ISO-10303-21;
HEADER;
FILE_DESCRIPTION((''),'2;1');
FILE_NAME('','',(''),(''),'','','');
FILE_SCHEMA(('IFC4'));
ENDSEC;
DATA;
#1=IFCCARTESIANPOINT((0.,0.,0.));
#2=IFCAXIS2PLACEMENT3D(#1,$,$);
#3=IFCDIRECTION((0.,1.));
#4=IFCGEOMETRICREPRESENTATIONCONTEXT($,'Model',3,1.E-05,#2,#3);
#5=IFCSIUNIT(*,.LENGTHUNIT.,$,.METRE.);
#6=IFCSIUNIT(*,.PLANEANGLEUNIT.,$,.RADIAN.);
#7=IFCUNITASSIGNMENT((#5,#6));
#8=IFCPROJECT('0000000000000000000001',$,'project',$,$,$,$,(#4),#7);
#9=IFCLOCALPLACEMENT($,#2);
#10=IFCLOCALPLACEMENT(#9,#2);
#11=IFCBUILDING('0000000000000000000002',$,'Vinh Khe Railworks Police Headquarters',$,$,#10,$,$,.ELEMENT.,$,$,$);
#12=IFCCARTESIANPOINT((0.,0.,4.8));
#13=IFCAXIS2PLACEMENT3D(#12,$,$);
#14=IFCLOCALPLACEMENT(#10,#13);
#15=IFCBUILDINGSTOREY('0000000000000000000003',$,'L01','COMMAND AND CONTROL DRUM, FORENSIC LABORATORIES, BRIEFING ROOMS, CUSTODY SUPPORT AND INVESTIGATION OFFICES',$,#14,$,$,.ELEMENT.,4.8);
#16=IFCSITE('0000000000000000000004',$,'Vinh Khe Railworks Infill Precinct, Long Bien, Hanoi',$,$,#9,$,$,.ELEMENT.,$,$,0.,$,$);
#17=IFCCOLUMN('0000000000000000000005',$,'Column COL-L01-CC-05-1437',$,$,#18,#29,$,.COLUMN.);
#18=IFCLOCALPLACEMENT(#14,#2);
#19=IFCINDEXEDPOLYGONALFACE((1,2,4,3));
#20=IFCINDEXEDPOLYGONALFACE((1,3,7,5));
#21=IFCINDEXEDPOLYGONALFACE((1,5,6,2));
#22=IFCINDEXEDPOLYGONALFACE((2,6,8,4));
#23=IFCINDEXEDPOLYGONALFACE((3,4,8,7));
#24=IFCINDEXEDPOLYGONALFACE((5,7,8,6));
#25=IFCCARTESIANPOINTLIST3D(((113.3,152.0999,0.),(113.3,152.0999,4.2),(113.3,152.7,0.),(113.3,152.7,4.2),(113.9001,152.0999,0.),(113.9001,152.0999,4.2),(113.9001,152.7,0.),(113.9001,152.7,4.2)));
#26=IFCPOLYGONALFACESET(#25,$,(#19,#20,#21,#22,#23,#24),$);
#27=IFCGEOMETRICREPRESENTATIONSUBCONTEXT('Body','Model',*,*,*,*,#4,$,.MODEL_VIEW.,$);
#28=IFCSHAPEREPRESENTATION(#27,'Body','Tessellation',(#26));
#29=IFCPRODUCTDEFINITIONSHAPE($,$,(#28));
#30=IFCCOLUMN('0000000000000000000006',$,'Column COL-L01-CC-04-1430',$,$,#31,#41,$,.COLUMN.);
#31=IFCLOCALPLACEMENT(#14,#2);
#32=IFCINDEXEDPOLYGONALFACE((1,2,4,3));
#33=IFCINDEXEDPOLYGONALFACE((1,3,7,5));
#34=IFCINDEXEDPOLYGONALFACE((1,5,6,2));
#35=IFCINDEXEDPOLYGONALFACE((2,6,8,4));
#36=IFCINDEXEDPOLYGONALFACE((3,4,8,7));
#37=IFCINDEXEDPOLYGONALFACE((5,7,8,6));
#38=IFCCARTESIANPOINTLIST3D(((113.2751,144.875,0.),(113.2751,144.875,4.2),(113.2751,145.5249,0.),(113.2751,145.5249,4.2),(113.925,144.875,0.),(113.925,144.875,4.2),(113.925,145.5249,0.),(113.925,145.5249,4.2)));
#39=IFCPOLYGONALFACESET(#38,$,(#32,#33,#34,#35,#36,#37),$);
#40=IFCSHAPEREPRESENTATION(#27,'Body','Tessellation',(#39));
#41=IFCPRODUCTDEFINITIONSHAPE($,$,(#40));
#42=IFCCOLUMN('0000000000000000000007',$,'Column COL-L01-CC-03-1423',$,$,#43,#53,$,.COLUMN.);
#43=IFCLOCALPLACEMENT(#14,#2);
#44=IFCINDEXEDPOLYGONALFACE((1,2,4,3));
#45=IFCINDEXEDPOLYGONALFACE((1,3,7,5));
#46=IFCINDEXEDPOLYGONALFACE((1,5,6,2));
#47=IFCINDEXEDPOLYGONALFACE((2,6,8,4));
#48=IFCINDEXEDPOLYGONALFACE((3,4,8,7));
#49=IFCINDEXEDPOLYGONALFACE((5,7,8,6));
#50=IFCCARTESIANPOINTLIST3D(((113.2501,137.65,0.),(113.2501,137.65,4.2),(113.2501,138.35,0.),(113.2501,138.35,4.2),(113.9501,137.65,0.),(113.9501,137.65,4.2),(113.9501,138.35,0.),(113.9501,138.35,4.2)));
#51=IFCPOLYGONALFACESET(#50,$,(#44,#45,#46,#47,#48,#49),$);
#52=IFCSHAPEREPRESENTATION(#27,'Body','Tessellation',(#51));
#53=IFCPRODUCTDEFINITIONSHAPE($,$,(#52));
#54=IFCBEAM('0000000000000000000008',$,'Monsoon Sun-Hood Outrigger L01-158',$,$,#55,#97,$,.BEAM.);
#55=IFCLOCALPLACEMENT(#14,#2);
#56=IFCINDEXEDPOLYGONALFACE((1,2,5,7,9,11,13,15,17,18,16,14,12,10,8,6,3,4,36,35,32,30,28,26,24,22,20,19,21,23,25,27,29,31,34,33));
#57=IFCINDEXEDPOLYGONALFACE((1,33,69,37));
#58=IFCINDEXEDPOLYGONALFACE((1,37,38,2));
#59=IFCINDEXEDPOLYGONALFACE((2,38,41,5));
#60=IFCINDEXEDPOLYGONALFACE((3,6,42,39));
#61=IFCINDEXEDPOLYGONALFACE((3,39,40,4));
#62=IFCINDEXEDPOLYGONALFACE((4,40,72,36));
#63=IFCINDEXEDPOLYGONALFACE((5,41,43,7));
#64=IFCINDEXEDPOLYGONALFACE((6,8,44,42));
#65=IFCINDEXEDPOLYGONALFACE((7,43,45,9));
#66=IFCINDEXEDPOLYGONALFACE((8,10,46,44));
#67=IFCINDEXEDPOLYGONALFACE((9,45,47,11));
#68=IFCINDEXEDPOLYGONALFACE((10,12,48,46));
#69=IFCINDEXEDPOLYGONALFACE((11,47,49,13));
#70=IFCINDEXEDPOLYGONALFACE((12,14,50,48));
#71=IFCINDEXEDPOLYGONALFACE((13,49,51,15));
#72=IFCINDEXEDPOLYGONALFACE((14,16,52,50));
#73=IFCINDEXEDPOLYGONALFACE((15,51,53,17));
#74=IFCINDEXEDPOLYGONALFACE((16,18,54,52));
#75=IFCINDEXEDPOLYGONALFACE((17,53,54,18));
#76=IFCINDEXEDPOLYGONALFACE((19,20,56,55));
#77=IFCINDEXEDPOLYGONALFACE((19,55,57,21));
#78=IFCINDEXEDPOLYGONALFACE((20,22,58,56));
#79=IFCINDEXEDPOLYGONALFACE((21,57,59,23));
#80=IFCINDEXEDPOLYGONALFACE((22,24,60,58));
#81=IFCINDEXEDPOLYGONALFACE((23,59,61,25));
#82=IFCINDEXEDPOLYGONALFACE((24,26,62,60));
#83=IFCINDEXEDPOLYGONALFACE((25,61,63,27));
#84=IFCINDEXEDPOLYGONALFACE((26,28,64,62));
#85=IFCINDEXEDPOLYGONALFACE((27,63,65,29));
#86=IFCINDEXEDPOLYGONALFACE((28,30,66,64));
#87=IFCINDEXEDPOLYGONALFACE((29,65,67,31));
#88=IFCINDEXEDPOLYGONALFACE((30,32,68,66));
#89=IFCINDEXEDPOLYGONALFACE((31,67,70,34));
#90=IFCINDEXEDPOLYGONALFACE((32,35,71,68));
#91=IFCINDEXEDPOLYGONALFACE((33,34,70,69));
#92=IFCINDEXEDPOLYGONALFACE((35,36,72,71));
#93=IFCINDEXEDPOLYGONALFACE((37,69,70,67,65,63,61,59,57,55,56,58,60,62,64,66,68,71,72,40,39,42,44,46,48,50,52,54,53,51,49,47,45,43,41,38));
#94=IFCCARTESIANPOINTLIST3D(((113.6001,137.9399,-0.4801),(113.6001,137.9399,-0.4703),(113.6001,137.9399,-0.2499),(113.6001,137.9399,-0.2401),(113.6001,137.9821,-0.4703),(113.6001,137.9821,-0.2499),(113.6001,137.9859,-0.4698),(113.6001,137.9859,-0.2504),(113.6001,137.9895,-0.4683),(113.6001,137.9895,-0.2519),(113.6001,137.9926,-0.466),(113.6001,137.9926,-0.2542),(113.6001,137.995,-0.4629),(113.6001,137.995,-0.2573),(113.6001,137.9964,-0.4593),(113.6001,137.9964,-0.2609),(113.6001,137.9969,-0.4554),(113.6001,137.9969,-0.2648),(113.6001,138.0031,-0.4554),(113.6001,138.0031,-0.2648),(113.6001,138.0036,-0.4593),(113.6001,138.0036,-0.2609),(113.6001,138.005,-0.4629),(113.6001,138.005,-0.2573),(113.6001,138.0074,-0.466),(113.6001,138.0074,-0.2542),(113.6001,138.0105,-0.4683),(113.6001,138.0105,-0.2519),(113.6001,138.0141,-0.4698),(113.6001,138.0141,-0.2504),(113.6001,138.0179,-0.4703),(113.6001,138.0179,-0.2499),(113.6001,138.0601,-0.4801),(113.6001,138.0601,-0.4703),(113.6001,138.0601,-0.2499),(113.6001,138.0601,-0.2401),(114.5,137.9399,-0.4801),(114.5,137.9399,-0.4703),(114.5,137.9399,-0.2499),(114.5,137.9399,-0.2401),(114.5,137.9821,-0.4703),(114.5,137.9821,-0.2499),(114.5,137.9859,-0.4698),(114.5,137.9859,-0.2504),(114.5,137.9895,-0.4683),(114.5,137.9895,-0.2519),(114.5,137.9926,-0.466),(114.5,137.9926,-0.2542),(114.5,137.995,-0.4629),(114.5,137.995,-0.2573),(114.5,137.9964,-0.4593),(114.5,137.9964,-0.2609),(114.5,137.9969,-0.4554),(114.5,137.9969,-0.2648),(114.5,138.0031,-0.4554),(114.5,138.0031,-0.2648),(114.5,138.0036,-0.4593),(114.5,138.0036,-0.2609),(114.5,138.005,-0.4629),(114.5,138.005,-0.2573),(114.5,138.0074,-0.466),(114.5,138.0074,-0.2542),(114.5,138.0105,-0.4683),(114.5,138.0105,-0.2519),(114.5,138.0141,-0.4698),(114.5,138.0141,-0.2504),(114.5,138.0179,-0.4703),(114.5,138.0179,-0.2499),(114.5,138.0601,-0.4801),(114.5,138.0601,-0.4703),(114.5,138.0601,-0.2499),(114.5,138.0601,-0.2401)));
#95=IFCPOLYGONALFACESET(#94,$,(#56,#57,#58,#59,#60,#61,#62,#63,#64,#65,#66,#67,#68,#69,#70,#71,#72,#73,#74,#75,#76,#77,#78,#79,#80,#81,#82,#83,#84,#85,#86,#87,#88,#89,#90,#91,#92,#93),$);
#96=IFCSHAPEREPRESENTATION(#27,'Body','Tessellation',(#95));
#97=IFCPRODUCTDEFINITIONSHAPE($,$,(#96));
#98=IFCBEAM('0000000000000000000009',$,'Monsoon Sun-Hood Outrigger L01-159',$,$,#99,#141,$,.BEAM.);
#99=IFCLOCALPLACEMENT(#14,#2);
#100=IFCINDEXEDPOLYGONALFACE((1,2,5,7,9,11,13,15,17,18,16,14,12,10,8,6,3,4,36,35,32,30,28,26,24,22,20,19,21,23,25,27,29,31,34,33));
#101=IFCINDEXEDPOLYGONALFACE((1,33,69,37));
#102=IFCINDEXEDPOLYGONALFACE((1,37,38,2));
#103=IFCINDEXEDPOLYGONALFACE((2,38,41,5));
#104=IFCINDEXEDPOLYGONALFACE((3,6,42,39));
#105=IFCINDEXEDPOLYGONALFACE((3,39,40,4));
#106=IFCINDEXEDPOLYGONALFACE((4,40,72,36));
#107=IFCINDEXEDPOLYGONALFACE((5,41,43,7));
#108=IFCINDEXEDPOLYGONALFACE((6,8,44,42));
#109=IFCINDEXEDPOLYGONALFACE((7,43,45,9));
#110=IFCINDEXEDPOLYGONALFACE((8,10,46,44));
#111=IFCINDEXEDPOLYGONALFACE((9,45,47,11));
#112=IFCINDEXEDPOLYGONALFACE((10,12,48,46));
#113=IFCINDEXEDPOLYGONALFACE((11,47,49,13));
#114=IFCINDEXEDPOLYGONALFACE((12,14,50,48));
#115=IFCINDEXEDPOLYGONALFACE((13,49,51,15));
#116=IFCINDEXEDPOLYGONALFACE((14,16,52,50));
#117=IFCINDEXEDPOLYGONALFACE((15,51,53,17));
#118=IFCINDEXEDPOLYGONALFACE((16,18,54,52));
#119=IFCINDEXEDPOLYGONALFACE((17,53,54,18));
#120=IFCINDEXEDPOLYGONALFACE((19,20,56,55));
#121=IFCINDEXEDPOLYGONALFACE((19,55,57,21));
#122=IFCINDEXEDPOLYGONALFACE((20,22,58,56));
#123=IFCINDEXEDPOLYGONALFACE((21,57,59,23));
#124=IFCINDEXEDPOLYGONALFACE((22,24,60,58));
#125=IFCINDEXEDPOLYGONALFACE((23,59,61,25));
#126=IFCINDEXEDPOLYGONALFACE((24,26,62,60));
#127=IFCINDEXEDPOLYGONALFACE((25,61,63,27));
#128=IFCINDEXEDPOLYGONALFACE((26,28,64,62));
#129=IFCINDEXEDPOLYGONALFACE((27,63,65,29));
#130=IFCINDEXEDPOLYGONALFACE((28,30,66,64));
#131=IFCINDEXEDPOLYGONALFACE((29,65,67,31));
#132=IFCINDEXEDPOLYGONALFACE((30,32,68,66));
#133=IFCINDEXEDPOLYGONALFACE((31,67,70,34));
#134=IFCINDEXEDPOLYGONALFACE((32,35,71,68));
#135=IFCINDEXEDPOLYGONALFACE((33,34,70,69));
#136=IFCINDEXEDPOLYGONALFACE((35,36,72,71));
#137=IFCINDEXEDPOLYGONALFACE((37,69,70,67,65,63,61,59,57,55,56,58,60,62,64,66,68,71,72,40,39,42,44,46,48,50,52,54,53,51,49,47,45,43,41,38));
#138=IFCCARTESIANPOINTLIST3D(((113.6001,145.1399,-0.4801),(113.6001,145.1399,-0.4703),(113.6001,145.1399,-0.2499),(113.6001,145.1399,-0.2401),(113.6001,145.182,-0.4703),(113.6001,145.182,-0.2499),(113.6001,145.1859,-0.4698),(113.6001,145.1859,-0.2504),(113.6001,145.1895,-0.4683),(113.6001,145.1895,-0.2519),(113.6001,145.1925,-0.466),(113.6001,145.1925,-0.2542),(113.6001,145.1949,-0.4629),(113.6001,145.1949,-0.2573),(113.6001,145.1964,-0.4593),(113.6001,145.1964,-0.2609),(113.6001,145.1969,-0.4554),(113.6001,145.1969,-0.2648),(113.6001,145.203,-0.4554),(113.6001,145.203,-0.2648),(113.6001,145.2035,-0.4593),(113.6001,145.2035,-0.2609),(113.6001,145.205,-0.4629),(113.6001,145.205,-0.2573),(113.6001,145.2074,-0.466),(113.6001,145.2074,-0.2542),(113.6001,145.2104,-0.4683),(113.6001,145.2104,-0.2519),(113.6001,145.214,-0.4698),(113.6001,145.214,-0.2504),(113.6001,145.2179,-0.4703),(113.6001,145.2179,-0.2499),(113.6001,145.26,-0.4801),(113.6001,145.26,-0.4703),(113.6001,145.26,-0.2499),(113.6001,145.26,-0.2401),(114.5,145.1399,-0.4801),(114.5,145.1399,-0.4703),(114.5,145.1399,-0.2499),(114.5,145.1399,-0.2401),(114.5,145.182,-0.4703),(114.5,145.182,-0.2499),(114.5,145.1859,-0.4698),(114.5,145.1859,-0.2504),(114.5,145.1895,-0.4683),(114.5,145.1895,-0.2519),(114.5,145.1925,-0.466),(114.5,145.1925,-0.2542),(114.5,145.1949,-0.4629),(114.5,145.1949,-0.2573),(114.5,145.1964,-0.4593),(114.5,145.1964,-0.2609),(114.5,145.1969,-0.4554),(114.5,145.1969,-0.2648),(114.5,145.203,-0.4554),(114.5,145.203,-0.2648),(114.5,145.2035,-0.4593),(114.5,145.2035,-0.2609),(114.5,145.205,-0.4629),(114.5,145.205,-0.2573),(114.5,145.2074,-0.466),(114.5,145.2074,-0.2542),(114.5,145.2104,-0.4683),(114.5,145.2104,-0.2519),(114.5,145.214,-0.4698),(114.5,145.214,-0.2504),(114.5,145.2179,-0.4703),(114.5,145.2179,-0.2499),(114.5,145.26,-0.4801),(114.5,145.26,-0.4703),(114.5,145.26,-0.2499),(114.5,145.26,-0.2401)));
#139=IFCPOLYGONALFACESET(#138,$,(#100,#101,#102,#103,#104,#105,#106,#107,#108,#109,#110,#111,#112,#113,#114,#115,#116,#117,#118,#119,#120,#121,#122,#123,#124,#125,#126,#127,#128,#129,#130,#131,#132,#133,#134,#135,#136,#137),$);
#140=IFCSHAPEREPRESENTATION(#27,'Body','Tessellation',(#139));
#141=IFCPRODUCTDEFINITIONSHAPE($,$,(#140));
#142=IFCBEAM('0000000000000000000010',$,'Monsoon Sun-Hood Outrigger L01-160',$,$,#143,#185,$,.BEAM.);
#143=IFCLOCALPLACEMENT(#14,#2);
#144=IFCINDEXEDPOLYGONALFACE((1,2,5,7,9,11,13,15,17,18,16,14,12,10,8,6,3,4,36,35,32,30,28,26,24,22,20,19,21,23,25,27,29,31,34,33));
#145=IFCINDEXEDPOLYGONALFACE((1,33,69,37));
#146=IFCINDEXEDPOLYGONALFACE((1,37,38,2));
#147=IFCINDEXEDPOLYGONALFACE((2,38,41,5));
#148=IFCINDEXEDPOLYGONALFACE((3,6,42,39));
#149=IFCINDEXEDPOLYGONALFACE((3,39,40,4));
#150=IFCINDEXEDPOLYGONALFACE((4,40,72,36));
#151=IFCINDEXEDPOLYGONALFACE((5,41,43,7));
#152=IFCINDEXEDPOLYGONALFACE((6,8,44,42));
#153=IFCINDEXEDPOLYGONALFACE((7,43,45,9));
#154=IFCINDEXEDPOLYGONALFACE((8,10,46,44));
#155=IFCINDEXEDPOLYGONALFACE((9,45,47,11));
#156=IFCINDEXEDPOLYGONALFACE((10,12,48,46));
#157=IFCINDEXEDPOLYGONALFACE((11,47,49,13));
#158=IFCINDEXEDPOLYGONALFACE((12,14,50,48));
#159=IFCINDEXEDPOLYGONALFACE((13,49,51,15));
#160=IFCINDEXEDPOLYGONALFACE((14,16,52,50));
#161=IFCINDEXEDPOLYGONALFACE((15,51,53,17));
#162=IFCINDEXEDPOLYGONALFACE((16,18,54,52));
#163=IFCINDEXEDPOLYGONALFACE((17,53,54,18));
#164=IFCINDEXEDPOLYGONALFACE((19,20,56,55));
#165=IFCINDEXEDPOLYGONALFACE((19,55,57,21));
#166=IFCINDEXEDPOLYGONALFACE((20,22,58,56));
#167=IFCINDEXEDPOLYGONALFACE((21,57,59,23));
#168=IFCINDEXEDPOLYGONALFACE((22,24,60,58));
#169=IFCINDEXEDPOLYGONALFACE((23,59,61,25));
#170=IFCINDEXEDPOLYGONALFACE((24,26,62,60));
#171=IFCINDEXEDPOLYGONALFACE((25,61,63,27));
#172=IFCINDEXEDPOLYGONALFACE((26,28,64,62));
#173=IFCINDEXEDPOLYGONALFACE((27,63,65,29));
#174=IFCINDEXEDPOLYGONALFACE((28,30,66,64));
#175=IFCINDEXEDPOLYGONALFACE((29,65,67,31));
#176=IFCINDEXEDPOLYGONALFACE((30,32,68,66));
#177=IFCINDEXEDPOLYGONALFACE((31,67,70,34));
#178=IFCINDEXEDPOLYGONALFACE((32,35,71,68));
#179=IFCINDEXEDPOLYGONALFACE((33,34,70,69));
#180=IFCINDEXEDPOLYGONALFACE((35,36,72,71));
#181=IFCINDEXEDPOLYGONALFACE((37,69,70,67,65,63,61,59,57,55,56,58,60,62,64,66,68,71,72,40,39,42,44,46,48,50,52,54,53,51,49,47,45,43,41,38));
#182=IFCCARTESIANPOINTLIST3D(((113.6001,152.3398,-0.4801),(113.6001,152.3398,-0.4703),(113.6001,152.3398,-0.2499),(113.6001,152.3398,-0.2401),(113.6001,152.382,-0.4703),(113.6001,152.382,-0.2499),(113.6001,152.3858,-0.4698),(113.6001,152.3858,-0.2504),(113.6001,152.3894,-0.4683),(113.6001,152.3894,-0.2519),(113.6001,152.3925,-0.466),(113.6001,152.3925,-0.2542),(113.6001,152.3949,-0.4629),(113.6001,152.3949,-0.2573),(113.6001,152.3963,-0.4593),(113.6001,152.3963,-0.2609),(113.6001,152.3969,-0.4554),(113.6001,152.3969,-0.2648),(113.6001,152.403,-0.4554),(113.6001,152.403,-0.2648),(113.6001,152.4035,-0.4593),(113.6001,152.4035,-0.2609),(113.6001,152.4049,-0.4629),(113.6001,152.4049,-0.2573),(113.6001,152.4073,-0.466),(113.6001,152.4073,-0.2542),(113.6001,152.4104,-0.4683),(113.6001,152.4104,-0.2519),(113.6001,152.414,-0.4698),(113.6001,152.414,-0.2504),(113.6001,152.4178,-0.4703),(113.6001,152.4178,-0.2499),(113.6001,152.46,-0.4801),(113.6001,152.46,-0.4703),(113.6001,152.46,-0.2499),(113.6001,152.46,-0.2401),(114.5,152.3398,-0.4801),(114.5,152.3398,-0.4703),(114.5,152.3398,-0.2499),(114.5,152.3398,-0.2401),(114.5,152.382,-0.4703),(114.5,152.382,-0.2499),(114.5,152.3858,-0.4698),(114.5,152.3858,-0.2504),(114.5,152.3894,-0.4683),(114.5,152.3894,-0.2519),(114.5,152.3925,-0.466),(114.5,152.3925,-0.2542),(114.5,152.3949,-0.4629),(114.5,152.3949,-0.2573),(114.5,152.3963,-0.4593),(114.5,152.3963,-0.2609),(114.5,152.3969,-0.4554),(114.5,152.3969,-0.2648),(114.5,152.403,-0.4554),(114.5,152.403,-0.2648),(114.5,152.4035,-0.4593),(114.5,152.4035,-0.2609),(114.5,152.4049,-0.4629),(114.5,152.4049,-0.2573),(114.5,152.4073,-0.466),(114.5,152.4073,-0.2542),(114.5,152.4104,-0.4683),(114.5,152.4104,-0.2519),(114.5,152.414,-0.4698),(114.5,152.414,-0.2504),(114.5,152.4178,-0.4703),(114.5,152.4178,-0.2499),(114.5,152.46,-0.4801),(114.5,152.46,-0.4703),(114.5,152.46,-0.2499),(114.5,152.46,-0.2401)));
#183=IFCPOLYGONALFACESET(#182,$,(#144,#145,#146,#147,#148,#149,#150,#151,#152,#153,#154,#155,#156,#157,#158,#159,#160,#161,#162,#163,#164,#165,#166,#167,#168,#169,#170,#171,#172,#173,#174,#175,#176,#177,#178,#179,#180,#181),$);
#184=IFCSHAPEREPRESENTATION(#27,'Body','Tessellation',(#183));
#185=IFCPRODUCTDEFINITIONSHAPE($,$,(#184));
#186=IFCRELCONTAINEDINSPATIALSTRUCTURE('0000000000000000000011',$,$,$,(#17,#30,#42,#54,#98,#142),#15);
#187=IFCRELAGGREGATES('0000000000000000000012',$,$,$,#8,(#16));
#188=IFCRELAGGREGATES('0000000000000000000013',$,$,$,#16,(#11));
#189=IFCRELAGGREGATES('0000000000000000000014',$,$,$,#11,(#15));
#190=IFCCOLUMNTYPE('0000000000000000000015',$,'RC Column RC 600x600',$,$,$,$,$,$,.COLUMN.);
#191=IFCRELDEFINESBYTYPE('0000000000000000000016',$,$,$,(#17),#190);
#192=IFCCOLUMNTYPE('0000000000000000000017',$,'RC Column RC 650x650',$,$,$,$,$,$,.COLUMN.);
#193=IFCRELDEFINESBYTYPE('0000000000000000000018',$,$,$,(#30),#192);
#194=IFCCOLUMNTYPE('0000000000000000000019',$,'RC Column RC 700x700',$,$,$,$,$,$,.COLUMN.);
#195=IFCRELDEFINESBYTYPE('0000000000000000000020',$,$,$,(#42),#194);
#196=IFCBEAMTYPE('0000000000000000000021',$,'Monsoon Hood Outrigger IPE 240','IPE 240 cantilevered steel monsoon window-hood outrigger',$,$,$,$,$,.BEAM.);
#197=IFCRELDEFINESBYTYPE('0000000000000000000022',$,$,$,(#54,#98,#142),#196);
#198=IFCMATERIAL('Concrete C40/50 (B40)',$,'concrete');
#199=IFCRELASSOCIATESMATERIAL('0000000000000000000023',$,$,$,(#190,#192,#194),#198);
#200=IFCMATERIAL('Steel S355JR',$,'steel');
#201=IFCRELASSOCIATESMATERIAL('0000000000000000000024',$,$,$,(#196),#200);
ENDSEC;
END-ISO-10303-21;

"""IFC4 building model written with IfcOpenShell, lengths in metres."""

from ifc_helpers import new_model, si_unit, direction, frame, origin, origin_2d, place, context, subcontext, project, spatial, rectangle, i_section, extrude, material, material_profile, profile_set, type_object, element, save


model = new_model("IFC4")

# Units and contexts
model_context = context("Model", 3, precision=1e-05, world=origin(), true_north=direction((0.0, 1.0)))
body_context = subcontext(model_context, "Body", "Model", "MODEL_VIEW")
ifc_project = project(units=[si_unit("LENGTHUNIT", "METRE"), si_unit("PLANEANGLEUNIT", "RADIAN")], contexts=[model_context])

# Site, building, storey
site_placement = place(None, origin())
site = spatial("IfcSite", under=ifc_project, at=site_placement, Name="Vinh Khe Railworks Infill Precinct, Long Bien, Hanoi", CompositionType="ELEMENT", RefElevation=0.0)
building_placement = place(site_placement, origin())
building = spatial("IfcBuilding", under=site, at=building_placement, Name="Vinh Khe Railworks Police Headquarters", CompositionType="ELEMENT")
storey_placement = place(building_placement, frame((0.0, 0.0, 4.8)))
storey = spatial("IfcBuildingStorey", under=building, at=storey_placement, Name="L01", Description="COMMAND AND CONTROL DRUM, FORENSIC LABORATORIES, BRIEFING ROOMS, CUSTODY SUPPORT AND INVESTIGATION OFFICES", CompositionType="ELEMENT", Elevation=4.8)

# Columns
ifc_material_1 = material(Name="Concrete C40/50 (B40)", Category="concrete")
ifc_material_profile_1 = material_profile(ifc_material_1, rectangle(XDim=0.6001, YDim=0.6001, at=origin_2d()), Name="RC 600x600")
ifc_profile_set_1 = profile_set([ifc_material_profile_1], Name="Concrete C40/50 (B40)")
column_type_1 = type_object("IfcColumnType", Name="RC Column RC 600x600", PredefinedType="COLUMN", material=ifc_profile_set_1)
column_1_placement = place(storey_placement, frame((113.6001, 152.3999, 0.0), z_axis=(0.0, 0.0, 1.0), x_axis=(1.0, 0.0, 0.0)))
element("IfcColumn", 1, at=column_1_placement, inside=storey, type_object=column_type_1, Name="Column COL-L01-CC-05-1437", PredefinedType="COLUMN", context=body_context, shape_type="SweptSolid", body=[
    extrude(rectangle(XDim=0.6001, YDim=0.6001, at=origin_2d()), origin(), (0.0, 0.0, 1.0), 4.2),
])
ifc_material_profile_2 = material_profile(ifc_material_1, rectangle(XDim=0.6499, YDim=0.6499, at=origin_2d()), Name="RC 650x650")
ifc_profile_set_2 = profile_set([ifc_material_profile_2], Name="Concrete C40/50 (B40)")
column_type_2 = type_object("IfcColumnType", Name="RC Column RC 650x650", PredefinedType="COLUMN", material=ifc_profile_set_2)
column_2_placement = place(storey_placement, frame((113.6001, 145.2, 0.0), z_axis=(0.0, 0.0, 1.0), x_axis=(1.0, 0.0, 0.0)))
element("IfcColumn", 2, at=column_2_placement, inside=storey, type_object=column_type_2, Name="Column COL-L01-CC-04-1430", PredefinedType="COLUMN", context=body_context, shape_type="SweptSolid", body=[
    extrude(rectangle(XDim=0.6499, YDim=0.6499, at=origin_2d()), origin(), (0.0, 0.0, 1.0), 4.2),
])
ifc_material_profile_3 = material_profile(ifc_material_1, rectangle(XDim=0.7, YDim=0.7, at=origin_2d()), Name="RC 700x700")
ifc_profile_set_3 = profile_set([ifc_material_profile_3], Name="Concrete C40/50 (B40)")
column_type_3 = type_object("IfcColumnType", Name="RC Column RC 700x700", PredefinedType="COLUMN", material=ifc_profile_set_3)
column_3_placement = place(storey_placement, frame((113.6001, 138.0, 0.0), z_axis=(0.0, 0.0, 1.0), x_axis=(1.0, 0.0, 0.0)))
element("IfcColumn", 3, at=column_3_placement, inside=storey, type_object=column_type_3, Name="Column COL-L01-CC-03-1423", PredefinedType="COLUMN", context=body_context, shape_type="SweptSolid", body=[
    extrude(rectangle(XDim=0.7, YDim=0.7, at=origin_2d()), origin(), (0.0, 0.0, 1.0), 4.2),
])

# Beams
ifc_material_2 = material(Name="Steel S355JR", Category="steel")
ifc_material_profile_4 = material_profile(ifc_material_2, i_section(OverallWidth=0.1201, OverallDepth=0.24, WebThickness=0.0061, FlangeThickness=0.0098, FilletRadius=0.0149, at=origin_2d()), Name="IPE 240")
ifc_profile_set_4 = profile_set([ifc_material_profile_4], Name="Steel S355JR")
beam_type_1 = type_object("IfcBeamType", Name="Monsoon Hood Outrigger IPE 240", Description="IPE 240 cantilevered steel monsoon window-hood outrigger", PredefinedType="BEAM", material=ifc_profile_set_4)
for number, where, z_axis, x_axis, name in (
    (4, (113.6001, 138.0, -0.3601), (1.0, 0.0, 0.0), (0.0, 1.0, 0.0), "Monsoon Sun-Hood Outrigger L01-158"),
    (5, (113.6001, 145.2, -0.3601), (1.0, 0.0, 0.0), (0.0, 1.0, 0.0), "Monsoon Sun-Hood Outrigger L01-159"),
    (6, (113.6001, 152.3999, -0.3601), (1.0, 0.0, 0.0), (0.0, 1.0, 0.0), "Monsoon Sun-Hood Outrigger L01-160"),
):
    element("IfcBeam", number, at=place(storey_placement, frame(where, z_axis=z_axis, x_axis=x_axis)), inside=storey, type_object=beam_type_1, Name=name, PredefinedType="BEAM", context=body_context, shape_type="SweptSolid", body=[
        extrude(i_section(OverallWidth=0.1201, OverallDepth=0.24, WebThickness=0.0061, FlangeThickness=0.0098, FilletRadius=0.0149, at=origin_2d()), origin(), (0.0, 0.0, 1.0), 0.8999),
    ])

save(model, "model.ifc")
